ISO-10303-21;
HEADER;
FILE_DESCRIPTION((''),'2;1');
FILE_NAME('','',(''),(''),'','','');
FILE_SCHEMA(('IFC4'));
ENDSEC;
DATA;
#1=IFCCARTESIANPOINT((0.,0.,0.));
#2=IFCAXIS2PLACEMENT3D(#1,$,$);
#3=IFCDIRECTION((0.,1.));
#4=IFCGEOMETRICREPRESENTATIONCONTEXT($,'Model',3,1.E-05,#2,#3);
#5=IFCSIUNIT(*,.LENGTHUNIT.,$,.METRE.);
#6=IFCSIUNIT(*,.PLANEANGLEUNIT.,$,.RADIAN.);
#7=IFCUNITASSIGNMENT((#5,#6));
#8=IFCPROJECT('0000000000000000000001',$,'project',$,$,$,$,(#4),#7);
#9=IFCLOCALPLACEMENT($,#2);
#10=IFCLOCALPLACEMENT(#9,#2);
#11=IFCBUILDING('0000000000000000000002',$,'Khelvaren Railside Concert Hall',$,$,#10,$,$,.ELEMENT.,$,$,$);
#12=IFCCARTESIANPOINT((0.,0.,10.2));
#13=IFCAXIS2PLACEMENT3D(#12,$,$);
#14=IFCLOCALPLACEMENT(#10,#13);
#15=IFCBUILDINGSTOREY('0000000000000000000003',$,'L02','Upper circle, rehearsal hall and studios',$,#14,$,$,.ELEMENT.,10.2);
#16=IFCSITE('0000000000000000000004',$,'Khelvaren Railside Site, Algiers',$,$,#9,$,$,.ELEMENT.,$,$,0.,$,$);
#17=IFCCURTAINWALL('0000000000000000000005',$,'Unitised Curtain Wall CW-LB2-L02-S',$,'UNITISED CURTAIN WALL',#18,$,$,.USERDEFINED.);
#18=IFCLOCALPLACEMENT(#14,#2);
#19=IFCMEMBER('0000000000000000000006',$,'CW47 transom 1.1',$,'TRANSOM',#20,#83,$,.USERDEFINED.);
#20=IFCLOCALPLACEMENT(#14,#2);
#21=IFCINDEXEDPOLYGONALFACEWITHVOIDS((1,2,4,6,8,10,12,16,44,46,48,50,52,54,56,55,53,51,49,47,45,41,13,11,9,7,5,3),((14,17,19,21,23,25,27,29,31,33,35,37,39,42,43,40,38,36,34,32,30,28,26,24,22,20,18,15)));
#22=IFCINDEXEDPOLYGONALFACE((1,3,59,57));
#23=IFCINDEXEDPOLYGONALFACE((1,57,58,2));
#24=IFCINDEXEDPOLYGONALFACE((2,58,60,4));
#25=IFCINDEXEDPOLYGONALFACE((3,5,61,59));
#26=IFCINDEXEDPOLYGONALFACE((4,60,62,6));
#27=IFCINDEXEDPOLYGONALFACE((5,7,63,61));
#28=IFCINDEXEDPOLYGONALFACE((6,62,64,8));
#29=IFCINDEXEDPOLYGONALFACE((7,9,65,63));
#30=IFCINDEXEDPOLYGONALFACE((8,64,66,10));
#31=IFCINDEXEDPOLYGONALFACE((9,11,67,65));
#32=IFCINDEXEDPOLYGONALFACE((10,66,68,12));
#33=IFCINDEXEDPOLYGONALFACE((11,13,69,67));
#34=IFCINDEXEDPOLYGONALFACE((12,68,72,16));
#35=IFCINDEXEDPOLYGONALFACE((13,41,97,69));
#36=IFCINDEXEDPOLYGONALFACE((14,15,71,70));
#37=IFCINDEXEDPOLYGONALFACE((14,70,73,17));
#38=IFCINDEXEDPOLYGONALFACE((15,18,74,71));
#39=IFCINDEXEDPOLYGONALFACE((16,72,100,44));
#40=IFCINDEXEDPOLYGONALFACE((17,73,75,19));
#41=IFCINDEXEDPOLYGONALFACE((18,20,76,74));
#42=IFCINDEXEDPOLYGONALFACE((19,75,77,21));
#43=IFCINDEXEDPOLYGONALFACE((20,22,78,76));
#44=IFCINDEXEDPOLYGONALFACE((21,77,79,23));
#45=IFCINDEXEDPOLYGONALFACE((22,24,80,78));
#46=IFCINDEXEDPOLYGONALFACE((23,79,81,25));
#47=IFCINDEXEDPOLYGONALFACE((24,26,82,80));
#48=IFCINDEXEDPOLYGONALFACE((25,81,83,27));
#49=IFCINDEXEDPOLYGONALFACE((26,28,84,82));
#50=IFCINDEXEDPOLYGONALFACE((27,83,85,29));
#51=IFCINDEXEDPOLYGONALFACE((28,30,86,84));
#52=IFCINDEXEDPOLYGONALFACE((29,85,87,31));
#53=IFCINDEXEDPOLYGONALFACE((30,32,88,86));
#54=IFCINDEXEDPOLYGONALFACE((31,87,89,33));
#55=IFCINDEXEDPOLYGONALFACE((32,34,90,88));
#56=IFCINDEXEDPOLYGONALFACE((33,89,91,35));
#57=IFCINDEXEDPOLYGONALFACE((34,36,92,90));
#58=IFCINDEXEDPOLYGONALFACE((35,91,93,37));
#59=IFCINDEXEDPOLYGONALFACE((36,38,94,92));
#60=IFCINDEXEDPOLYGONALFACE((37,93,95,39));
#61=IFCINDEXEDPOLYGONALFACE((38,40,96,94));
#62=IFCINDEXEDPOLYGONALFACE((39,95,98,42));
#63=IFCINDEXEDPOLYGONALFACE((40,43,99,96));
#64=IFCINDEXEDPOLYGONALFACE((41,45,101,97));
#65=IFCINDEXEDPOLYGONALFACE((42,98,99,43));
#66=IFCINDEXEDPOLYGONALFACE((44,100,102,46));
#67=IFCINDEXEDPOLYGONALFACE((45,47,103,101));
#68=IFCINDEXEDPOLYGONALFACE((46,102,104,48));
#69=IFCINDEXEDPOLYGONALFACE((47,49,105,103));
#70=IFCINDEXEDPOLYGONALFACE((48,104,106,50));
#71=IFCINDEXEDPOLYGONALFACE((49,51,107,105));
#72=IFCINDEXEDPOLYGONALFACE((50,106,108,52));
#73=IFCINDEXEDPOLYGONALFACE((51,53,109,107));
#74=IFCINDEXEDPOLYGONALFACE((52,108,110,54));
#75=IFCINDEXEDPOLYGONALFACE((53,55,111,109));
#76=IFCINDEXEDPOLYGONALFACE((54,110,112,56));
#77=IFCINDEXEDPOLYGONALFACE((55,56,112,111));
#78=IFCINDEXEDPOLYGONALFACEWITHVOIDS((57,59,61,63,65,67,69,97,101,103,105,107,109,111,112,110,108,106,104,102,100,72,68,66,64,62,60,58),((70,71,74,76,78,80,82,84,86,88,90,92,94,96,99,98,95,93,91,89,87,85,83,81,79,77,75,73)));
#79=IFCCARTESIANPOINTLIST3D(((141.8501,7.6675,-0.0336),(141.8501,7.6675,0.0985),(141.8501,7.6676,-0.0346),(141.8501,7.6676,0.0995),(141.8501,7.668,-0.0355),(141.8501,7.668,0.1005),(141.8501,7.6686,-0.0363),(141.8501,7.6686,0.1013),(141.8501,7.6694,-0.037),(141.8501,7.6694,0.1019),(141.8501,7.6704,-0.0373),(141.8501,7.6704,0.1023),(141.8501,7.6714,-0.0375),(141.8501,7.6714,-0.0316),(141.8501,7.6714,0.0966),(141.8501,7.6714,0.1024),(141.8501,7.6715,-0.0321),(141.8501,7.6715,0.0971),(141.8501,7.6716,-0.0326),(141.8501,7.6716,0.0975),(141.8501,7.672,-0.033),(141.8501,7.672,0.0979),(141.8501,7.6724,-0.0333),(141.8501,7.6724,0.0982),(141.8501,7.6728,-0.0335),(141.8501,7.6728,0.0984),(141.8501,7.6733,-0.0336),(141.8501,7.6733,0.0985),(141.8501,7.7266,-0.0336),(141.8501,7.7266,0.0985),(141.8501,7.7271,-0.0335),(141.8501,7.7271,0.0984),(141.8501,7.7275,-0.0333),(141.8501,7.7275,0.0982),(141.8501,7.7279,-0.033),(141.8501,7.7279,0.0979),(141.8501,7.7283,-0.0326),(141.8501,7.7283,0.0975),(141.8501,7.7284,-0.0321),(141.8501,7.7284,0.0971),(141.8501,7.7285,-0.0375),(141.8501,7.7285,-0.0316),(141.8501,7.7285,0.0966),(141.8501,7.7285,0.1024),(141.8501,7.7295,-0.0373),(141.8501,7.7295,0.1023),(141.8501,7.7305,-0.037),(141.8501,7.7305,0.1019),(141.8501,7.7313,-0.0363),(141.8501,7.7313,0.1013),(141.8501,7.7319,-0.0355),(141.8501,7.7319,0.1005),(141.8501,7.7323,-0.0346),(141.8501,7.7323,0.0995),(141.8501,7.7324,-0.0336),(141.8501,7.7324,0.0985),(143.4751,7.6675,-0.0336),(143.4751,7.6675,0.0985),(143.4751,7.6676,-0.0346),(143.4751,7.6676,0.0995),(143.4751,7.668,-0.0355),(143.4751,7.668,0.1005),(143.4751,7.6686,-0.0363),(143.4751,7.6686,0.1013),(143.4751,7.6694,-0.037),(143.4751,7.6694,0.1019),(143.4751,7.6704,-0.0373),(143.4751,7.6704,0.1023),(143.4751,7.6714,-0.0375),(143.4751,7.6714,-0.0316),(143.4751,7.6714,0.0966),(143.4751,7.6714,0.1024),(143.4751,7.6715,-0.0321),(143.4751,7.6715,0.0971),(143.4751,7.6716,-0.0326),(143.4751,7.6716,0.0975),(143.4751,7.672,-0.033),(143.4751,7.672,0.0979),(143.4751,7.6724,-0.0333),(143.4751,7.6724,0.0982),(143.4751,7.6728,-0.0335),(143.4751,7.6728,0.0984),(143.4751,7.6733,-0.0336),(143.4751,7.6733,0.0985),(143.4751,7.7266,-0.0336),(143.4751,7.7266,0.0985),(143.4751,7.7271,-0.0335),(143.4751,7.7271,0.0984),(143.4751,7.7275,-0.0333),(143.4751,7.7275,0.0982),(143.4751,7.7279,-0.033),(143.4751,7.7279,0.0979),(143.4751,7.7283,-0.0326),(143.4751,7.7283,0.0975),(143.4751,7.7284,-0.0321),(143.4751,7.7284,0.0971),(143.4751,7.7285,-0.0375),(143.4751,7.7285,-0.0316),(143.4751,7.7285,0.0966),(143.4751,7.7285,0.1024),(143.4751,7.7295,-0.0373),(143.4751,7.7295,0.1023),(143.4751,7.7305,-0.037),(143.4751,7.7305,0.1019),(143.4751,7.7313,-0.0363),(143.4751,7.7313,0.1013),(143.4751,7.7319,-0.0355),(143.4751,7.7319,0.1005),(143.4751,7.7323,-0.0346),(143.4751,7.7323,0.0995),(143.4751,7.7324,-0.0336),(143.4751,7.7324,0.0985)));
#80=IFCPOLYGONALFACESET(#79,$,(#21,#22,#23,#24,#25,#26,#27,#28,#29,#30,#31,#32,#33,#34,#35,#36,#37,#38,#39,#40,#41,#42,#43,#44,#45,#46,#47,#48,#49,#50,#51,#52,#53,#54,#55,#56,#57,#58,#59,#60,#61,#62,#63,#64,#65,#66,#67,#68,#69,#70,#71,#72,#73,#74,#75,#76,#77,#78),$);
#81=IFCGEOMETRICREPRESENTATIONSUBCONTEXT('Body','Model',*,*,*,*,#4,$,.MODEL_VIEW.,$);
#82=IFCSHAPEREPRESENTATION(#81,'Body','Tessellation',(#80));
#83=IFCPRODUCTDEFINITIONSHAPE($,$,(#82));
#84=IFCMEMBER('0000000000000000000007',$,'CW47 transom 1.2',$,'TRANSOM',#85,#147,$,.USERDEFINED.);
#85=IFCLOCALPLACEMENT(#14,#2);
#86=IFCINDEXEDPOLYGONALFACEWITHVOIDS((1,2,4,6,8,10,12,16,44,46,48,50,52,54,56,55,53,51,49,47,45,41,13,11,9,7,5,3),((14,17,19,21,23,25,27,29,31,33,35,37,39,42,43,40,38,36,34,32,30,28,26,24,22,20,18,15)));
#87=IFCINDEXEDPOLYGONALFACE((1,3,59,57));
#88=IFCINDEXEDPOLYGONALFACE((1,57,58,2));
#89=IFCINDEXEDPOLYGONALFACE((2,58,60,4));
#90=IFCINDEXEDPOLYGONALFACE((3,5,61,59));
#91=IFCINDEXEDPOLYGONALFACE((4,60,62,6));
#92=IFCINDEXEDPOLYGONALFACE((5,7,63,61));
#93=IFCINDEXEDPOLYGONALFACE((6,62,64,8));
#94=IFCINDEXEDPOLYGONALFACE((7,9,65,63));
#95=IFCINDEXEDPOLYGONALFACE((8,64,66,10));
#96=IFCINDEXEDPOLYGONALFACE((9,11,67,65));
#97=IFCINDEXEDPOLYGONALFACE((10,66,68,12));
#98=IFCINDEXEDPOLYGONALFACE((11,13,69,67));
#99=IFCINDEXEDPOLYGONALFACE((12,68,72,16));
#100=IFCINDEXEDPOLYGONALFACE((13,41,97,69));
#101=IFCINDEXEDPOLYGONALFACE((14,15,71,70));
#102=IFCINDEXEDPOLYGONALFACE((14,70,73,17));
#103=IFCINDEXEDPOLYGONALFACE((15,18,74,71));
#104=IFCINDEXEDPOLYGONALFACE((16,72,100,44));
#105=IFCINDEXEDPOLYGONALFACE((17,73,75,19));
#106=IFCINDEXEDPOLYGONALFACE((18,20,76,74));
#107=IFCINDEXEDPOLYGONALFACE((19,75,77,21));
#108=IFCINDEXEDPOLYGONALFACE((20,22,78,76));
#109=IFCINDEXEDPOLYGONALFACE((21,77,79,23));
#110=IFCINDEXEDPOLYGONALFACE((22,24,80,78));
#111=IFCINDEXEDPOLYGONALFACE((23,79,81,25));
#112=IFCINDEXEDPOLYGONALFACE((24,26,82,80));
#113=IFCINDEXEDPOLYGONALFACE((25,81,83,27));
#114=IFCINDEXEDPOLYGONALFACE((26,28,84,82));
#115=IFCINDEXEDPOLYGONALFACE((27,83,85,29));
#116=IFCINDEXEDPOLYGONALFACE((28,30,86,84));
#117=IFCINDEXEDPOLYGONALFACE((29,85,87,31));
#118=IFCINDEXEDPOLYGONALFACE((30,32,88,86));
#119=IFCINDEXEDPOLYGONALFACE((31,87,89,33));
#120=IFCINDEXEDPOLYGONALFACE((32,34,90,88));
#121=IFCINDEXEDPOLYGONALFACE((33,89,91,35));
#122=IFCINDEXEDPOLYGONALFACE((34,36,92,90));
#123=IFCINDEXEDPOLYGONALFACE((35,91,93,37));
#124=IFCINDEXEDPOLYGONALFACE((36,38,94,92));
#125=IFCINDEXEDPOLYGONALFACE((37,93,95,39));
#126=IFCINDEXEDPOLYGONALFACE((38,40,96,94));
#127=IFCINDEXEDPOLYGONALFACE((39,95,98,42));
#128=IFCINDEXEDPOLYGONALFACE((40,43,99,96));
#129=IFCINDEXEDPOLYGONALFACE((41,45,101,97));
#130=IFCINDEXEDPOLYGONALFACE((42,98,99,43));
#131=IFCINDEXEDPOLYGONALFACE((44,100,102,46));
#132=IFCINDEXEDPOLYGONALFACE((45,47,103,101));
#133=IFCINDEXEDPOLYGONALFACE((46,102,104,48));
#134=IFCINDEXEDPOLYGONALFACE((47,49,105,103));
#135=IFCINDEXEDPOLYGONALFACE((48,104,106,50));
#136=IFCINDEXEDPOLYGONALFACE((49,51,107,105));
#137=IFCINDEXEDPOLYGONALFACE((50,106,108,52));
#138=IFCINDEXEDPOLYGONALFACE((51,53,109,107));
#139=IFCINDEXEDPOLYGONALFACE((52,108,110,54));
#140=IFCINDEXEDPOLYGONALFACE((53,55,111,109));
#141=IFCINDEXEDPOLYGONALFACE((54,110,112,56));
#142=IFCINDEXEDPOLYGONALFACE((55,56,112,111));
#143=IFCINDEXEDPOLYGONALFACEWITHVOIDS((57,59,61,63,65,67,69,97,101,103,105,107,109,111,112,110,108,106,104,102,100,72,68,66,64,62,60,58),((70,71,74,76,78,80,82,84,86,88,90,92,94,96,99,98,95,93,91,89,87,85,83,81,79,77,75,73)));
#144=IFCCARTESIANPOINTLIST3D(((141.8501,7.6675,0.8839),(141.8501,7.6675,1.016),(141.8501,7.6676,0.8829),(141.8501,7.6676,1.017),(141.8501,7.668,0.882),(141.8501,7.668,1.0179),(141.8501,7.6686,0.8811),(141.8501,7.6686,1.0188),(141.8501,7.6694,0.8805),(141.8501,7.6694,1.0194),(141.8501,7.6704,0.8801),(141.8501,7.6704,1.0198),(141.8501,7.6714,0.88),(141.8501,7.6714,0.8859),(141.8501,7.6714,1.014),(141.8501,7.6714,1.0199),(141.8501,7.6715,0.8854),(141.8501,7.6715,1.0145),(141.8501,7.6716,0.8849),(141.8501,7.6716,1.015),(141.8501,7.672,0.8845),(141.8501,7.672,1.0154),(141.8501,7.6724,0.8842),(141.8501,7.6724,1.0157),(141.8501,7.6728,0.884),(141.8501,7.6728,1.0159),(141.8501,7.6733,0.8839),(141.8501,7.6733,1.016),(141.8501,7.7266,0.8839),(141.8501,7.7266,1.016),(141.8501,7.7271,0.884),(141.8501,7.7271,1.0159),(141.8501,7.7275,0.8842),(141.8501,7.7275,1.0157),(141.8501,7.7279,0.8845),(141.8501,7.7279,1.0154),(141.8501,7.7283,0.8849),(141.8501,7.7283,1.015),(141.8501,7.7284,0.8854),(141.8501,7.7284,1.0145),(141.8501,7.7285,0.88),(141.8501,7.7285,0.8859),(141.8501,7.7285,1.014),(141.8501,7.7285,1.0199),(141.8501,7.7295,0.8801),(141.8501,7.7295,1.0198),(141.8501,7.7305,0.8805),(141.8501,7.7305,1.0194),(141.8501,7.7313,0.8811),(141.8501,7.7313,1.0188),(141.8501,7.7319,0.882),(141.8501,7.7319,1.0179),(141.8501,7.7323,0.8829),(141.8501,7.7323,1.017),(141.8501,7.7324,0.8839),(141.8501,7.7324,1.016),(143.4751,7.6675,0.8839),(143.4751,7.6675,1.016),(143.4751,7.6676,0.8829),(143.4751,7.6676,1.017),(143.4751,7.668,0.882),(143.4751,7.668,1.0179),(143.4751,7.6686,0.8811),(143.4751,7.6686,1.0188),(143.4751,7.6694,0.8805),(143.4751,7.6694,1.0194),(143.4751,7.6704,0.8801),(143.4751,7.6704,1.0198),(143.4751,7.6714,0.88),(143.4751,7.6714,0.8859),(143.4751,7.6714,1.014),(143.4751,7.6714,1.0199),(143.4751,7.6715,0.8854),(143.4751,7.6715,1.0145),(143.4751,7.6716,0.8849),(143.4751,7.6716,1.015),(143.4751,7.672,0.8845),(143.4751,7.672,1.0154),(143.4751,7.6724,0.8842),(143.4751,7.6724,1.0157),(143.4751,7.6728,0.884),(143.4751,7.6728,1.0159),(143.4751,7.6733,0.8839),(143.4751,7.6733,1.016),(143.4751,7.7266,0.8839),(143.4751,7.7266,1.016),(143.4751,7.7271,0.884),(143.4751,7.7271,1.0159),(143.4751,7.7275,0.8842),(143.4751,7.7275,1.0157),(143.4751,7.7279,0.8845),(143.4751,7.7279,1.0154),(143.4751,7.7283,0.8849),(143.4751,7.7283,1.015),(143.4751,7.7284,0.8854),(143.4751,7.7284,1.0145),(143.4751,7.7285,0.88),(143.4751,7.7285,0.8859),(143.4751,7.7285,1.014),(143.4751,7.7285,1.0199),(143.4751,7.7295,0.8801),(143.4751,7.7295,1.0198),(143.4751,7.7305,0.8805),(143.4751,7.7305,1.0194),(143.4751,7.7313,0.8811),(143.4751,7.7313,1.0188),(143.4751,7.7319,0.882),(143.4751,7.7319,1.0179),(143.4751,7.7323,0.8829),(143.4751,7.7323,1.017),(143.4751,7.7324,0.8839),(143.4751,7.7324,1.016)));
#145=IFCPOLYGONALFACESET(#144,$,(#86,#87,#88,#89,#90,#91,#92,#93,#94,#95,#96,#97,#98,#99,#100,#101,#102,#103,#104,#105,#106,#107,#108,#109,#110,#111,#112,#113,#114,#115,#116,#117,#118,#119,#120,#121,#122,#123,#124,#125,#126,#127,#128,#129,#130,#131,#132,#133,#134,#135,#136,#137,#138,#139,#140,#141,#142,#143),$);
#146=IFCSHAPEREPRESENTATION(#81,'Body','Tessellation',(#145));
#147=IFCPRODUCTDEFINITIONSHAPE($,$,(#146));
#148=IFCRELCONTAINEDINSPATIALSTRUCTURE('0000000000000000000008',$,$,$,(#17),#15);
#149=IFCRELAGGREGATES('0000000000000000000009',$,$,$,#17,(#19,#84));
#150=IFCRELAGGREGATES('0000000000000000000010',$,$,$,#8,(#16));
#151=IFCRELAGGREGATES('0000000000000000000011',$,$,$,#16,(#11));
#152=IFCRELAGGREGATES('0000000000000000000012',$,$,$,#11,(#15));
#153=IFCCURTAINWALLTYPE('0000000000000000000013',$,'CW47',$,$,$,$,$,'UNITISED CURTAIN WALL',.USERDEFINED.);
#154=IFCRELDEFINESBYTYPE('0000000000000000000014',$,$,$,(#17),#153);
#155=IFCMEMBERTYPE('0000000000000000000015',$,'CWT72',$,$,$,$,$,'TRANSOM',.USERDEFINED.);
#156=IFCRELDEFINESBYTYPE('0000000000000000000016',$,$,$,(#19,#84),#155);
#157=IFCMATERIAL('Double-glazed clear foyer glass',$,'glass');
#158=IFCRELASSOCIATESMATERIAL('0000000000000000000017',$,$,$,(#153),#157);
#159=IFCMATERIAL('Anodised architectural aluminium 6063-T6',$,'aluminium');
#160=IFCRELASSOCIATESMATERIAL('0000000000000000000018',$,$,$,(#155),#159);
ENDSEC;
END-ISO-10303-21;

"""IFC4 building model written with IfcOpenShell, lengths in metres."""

from ifc_helpers import new_model, si_unit, direction, frame, origin, origin_2d, place, context, subcontext, project, spatial, hollow_rectangle, extrude, material, material_profile, profile_set, type_object, element, aggregate, save


model = new_model("IFC4")

# Units and contexts
model_context = context("Model", 3, precision=1e-05, world=origin(), true_north=direction((0.0, 1.0)))
body_context = subcontext(model_context, "Body", "Model", "MODEL_VIEW")
ifc_project = project(units=[si_unit("LENGTHUNIT", "METRE"), si_unit("PLANEANGLEUNIT", "RADIAN")], contexts=[model_context])

# Site, building, storey
site_placement = place(None, origin())
site = spatial("IfcSite", under=ifc_project, at=site_placement, Name="Khelvaren Railside Site, Algiers", CompositionType="ELEMENT", RefElevation=0.0)
building_placement = place(site_placement, origin())
building = spatial("IfcBuilding", under=site, at=building_placement, Name="Khelvaren Railside Concert Hall", CompositionType="ELEMENT")
storey_placement = place(building_placement, frame((0.0, 0.0, 10.2)))
storey = spatial("IfcBuildingStorey", under=building, at=storey_placement, Name="L02", Description="Upper circle, rehearsal hall and studios", CompositionType="ELEMENT", Elevation=10.2)

# Shared definitions
ifc_material_1 = material(Name="Double-glazed clear foyer glass", Category="glass")
ifc_material_2 = material(Name="Anodised architectural aluminium 6063-T6", Category="aluminium")

# Curtain wall, members
curtain_wall_type_1 = type_object("IfcCurtainWallType", Name="CW47", ElementType="UNITISED CURTAIN WALL", PredefinedType="USERDEFINED", material=ifc_material_1)
curtain_wall_1_placement = place(storey_placement, origin())
curtain_wall_1 = element("IfcCurtainWall", 1, at=curtain_wall_1_placement, inside=storey, type_object=curtain_wall_type_1, Name="Unitised Curtain Wall CW-LB2-L02-S", ObjectType="UNITISED CURTAIN WALL", PredefinedType="USERDEFINED")
ifc_material_profile_1 = material_profile(ifc_material_2, hollow_rectangle(XDim=0.0649, YDim=0.1399, WallThickness=0.0039, InnerFilletRadius=0.002, OuterFilletRadius=0.0039, at=origin_2d()), Name="CWT 65x140x4")
ifc_profile_set_1 = profile_set([ifc_material_profile_1], Name="Anodised architectural aluminium 6063-T6")
member_type_1 = type_object("IfcMemberType", Name="CWT72", ElementType="TRANSOM", PredefinedType="USERDEFINED", material=ifc_profile_set_1)
member_1_placement = place(storey_placement, frame((143.4751, 7.7, 0.0325), z_axis=(-1.0, 0.0, 0.0), x_axis=(0.0, -1.0, 0.0)))
member_1 = element("IfcMember", 2, at=member_1_placement, type_object=member_type_1, Name="CW47 transom 1.1", ObjectType="TRANSOM", PredefinedType="USERDEFINED", context=body_context, shape_type="SweptSolid", body=[
    extrude(hollow_rectangle(XDim=0.0649, YDim=0.1399, WallThickness=0.0039, InnerFilletRadius=0.002, OuterFilletRadius=0.0039, at=origin_2d()), origin(), (0.0, 0.0, 1.0), 1.625),
])
member_2_placement = place(storey_placement, frame((143.4751, 7.7, 0.95), z_axis=(-1.0, 0.0, 0.0), x_axis=(0.0, -1.0, 0.0)))
member_2 = element("IfcMember", 3, at=member_2_placement, type_object=member_type_1, Name="CW47 transom 1.2", ObjectType="TRANSOM", PredefinedType="USERDEFINED", context=body_context, shape_type="SweptSolid", body=[
    extrude(hollow_rectangle(XDim=0.0649, YDim=0.1399, WallThickness=0.0039, InnerFilletRadius=0.002, OuterFilletRadius=0.0039, at=origin_2d()), origin(), (0.0, 0.0, 1.0), 1.625),
])

aggregate(curtain_wall_1, [member_1, member_2])

save(model, "model.ifc")
